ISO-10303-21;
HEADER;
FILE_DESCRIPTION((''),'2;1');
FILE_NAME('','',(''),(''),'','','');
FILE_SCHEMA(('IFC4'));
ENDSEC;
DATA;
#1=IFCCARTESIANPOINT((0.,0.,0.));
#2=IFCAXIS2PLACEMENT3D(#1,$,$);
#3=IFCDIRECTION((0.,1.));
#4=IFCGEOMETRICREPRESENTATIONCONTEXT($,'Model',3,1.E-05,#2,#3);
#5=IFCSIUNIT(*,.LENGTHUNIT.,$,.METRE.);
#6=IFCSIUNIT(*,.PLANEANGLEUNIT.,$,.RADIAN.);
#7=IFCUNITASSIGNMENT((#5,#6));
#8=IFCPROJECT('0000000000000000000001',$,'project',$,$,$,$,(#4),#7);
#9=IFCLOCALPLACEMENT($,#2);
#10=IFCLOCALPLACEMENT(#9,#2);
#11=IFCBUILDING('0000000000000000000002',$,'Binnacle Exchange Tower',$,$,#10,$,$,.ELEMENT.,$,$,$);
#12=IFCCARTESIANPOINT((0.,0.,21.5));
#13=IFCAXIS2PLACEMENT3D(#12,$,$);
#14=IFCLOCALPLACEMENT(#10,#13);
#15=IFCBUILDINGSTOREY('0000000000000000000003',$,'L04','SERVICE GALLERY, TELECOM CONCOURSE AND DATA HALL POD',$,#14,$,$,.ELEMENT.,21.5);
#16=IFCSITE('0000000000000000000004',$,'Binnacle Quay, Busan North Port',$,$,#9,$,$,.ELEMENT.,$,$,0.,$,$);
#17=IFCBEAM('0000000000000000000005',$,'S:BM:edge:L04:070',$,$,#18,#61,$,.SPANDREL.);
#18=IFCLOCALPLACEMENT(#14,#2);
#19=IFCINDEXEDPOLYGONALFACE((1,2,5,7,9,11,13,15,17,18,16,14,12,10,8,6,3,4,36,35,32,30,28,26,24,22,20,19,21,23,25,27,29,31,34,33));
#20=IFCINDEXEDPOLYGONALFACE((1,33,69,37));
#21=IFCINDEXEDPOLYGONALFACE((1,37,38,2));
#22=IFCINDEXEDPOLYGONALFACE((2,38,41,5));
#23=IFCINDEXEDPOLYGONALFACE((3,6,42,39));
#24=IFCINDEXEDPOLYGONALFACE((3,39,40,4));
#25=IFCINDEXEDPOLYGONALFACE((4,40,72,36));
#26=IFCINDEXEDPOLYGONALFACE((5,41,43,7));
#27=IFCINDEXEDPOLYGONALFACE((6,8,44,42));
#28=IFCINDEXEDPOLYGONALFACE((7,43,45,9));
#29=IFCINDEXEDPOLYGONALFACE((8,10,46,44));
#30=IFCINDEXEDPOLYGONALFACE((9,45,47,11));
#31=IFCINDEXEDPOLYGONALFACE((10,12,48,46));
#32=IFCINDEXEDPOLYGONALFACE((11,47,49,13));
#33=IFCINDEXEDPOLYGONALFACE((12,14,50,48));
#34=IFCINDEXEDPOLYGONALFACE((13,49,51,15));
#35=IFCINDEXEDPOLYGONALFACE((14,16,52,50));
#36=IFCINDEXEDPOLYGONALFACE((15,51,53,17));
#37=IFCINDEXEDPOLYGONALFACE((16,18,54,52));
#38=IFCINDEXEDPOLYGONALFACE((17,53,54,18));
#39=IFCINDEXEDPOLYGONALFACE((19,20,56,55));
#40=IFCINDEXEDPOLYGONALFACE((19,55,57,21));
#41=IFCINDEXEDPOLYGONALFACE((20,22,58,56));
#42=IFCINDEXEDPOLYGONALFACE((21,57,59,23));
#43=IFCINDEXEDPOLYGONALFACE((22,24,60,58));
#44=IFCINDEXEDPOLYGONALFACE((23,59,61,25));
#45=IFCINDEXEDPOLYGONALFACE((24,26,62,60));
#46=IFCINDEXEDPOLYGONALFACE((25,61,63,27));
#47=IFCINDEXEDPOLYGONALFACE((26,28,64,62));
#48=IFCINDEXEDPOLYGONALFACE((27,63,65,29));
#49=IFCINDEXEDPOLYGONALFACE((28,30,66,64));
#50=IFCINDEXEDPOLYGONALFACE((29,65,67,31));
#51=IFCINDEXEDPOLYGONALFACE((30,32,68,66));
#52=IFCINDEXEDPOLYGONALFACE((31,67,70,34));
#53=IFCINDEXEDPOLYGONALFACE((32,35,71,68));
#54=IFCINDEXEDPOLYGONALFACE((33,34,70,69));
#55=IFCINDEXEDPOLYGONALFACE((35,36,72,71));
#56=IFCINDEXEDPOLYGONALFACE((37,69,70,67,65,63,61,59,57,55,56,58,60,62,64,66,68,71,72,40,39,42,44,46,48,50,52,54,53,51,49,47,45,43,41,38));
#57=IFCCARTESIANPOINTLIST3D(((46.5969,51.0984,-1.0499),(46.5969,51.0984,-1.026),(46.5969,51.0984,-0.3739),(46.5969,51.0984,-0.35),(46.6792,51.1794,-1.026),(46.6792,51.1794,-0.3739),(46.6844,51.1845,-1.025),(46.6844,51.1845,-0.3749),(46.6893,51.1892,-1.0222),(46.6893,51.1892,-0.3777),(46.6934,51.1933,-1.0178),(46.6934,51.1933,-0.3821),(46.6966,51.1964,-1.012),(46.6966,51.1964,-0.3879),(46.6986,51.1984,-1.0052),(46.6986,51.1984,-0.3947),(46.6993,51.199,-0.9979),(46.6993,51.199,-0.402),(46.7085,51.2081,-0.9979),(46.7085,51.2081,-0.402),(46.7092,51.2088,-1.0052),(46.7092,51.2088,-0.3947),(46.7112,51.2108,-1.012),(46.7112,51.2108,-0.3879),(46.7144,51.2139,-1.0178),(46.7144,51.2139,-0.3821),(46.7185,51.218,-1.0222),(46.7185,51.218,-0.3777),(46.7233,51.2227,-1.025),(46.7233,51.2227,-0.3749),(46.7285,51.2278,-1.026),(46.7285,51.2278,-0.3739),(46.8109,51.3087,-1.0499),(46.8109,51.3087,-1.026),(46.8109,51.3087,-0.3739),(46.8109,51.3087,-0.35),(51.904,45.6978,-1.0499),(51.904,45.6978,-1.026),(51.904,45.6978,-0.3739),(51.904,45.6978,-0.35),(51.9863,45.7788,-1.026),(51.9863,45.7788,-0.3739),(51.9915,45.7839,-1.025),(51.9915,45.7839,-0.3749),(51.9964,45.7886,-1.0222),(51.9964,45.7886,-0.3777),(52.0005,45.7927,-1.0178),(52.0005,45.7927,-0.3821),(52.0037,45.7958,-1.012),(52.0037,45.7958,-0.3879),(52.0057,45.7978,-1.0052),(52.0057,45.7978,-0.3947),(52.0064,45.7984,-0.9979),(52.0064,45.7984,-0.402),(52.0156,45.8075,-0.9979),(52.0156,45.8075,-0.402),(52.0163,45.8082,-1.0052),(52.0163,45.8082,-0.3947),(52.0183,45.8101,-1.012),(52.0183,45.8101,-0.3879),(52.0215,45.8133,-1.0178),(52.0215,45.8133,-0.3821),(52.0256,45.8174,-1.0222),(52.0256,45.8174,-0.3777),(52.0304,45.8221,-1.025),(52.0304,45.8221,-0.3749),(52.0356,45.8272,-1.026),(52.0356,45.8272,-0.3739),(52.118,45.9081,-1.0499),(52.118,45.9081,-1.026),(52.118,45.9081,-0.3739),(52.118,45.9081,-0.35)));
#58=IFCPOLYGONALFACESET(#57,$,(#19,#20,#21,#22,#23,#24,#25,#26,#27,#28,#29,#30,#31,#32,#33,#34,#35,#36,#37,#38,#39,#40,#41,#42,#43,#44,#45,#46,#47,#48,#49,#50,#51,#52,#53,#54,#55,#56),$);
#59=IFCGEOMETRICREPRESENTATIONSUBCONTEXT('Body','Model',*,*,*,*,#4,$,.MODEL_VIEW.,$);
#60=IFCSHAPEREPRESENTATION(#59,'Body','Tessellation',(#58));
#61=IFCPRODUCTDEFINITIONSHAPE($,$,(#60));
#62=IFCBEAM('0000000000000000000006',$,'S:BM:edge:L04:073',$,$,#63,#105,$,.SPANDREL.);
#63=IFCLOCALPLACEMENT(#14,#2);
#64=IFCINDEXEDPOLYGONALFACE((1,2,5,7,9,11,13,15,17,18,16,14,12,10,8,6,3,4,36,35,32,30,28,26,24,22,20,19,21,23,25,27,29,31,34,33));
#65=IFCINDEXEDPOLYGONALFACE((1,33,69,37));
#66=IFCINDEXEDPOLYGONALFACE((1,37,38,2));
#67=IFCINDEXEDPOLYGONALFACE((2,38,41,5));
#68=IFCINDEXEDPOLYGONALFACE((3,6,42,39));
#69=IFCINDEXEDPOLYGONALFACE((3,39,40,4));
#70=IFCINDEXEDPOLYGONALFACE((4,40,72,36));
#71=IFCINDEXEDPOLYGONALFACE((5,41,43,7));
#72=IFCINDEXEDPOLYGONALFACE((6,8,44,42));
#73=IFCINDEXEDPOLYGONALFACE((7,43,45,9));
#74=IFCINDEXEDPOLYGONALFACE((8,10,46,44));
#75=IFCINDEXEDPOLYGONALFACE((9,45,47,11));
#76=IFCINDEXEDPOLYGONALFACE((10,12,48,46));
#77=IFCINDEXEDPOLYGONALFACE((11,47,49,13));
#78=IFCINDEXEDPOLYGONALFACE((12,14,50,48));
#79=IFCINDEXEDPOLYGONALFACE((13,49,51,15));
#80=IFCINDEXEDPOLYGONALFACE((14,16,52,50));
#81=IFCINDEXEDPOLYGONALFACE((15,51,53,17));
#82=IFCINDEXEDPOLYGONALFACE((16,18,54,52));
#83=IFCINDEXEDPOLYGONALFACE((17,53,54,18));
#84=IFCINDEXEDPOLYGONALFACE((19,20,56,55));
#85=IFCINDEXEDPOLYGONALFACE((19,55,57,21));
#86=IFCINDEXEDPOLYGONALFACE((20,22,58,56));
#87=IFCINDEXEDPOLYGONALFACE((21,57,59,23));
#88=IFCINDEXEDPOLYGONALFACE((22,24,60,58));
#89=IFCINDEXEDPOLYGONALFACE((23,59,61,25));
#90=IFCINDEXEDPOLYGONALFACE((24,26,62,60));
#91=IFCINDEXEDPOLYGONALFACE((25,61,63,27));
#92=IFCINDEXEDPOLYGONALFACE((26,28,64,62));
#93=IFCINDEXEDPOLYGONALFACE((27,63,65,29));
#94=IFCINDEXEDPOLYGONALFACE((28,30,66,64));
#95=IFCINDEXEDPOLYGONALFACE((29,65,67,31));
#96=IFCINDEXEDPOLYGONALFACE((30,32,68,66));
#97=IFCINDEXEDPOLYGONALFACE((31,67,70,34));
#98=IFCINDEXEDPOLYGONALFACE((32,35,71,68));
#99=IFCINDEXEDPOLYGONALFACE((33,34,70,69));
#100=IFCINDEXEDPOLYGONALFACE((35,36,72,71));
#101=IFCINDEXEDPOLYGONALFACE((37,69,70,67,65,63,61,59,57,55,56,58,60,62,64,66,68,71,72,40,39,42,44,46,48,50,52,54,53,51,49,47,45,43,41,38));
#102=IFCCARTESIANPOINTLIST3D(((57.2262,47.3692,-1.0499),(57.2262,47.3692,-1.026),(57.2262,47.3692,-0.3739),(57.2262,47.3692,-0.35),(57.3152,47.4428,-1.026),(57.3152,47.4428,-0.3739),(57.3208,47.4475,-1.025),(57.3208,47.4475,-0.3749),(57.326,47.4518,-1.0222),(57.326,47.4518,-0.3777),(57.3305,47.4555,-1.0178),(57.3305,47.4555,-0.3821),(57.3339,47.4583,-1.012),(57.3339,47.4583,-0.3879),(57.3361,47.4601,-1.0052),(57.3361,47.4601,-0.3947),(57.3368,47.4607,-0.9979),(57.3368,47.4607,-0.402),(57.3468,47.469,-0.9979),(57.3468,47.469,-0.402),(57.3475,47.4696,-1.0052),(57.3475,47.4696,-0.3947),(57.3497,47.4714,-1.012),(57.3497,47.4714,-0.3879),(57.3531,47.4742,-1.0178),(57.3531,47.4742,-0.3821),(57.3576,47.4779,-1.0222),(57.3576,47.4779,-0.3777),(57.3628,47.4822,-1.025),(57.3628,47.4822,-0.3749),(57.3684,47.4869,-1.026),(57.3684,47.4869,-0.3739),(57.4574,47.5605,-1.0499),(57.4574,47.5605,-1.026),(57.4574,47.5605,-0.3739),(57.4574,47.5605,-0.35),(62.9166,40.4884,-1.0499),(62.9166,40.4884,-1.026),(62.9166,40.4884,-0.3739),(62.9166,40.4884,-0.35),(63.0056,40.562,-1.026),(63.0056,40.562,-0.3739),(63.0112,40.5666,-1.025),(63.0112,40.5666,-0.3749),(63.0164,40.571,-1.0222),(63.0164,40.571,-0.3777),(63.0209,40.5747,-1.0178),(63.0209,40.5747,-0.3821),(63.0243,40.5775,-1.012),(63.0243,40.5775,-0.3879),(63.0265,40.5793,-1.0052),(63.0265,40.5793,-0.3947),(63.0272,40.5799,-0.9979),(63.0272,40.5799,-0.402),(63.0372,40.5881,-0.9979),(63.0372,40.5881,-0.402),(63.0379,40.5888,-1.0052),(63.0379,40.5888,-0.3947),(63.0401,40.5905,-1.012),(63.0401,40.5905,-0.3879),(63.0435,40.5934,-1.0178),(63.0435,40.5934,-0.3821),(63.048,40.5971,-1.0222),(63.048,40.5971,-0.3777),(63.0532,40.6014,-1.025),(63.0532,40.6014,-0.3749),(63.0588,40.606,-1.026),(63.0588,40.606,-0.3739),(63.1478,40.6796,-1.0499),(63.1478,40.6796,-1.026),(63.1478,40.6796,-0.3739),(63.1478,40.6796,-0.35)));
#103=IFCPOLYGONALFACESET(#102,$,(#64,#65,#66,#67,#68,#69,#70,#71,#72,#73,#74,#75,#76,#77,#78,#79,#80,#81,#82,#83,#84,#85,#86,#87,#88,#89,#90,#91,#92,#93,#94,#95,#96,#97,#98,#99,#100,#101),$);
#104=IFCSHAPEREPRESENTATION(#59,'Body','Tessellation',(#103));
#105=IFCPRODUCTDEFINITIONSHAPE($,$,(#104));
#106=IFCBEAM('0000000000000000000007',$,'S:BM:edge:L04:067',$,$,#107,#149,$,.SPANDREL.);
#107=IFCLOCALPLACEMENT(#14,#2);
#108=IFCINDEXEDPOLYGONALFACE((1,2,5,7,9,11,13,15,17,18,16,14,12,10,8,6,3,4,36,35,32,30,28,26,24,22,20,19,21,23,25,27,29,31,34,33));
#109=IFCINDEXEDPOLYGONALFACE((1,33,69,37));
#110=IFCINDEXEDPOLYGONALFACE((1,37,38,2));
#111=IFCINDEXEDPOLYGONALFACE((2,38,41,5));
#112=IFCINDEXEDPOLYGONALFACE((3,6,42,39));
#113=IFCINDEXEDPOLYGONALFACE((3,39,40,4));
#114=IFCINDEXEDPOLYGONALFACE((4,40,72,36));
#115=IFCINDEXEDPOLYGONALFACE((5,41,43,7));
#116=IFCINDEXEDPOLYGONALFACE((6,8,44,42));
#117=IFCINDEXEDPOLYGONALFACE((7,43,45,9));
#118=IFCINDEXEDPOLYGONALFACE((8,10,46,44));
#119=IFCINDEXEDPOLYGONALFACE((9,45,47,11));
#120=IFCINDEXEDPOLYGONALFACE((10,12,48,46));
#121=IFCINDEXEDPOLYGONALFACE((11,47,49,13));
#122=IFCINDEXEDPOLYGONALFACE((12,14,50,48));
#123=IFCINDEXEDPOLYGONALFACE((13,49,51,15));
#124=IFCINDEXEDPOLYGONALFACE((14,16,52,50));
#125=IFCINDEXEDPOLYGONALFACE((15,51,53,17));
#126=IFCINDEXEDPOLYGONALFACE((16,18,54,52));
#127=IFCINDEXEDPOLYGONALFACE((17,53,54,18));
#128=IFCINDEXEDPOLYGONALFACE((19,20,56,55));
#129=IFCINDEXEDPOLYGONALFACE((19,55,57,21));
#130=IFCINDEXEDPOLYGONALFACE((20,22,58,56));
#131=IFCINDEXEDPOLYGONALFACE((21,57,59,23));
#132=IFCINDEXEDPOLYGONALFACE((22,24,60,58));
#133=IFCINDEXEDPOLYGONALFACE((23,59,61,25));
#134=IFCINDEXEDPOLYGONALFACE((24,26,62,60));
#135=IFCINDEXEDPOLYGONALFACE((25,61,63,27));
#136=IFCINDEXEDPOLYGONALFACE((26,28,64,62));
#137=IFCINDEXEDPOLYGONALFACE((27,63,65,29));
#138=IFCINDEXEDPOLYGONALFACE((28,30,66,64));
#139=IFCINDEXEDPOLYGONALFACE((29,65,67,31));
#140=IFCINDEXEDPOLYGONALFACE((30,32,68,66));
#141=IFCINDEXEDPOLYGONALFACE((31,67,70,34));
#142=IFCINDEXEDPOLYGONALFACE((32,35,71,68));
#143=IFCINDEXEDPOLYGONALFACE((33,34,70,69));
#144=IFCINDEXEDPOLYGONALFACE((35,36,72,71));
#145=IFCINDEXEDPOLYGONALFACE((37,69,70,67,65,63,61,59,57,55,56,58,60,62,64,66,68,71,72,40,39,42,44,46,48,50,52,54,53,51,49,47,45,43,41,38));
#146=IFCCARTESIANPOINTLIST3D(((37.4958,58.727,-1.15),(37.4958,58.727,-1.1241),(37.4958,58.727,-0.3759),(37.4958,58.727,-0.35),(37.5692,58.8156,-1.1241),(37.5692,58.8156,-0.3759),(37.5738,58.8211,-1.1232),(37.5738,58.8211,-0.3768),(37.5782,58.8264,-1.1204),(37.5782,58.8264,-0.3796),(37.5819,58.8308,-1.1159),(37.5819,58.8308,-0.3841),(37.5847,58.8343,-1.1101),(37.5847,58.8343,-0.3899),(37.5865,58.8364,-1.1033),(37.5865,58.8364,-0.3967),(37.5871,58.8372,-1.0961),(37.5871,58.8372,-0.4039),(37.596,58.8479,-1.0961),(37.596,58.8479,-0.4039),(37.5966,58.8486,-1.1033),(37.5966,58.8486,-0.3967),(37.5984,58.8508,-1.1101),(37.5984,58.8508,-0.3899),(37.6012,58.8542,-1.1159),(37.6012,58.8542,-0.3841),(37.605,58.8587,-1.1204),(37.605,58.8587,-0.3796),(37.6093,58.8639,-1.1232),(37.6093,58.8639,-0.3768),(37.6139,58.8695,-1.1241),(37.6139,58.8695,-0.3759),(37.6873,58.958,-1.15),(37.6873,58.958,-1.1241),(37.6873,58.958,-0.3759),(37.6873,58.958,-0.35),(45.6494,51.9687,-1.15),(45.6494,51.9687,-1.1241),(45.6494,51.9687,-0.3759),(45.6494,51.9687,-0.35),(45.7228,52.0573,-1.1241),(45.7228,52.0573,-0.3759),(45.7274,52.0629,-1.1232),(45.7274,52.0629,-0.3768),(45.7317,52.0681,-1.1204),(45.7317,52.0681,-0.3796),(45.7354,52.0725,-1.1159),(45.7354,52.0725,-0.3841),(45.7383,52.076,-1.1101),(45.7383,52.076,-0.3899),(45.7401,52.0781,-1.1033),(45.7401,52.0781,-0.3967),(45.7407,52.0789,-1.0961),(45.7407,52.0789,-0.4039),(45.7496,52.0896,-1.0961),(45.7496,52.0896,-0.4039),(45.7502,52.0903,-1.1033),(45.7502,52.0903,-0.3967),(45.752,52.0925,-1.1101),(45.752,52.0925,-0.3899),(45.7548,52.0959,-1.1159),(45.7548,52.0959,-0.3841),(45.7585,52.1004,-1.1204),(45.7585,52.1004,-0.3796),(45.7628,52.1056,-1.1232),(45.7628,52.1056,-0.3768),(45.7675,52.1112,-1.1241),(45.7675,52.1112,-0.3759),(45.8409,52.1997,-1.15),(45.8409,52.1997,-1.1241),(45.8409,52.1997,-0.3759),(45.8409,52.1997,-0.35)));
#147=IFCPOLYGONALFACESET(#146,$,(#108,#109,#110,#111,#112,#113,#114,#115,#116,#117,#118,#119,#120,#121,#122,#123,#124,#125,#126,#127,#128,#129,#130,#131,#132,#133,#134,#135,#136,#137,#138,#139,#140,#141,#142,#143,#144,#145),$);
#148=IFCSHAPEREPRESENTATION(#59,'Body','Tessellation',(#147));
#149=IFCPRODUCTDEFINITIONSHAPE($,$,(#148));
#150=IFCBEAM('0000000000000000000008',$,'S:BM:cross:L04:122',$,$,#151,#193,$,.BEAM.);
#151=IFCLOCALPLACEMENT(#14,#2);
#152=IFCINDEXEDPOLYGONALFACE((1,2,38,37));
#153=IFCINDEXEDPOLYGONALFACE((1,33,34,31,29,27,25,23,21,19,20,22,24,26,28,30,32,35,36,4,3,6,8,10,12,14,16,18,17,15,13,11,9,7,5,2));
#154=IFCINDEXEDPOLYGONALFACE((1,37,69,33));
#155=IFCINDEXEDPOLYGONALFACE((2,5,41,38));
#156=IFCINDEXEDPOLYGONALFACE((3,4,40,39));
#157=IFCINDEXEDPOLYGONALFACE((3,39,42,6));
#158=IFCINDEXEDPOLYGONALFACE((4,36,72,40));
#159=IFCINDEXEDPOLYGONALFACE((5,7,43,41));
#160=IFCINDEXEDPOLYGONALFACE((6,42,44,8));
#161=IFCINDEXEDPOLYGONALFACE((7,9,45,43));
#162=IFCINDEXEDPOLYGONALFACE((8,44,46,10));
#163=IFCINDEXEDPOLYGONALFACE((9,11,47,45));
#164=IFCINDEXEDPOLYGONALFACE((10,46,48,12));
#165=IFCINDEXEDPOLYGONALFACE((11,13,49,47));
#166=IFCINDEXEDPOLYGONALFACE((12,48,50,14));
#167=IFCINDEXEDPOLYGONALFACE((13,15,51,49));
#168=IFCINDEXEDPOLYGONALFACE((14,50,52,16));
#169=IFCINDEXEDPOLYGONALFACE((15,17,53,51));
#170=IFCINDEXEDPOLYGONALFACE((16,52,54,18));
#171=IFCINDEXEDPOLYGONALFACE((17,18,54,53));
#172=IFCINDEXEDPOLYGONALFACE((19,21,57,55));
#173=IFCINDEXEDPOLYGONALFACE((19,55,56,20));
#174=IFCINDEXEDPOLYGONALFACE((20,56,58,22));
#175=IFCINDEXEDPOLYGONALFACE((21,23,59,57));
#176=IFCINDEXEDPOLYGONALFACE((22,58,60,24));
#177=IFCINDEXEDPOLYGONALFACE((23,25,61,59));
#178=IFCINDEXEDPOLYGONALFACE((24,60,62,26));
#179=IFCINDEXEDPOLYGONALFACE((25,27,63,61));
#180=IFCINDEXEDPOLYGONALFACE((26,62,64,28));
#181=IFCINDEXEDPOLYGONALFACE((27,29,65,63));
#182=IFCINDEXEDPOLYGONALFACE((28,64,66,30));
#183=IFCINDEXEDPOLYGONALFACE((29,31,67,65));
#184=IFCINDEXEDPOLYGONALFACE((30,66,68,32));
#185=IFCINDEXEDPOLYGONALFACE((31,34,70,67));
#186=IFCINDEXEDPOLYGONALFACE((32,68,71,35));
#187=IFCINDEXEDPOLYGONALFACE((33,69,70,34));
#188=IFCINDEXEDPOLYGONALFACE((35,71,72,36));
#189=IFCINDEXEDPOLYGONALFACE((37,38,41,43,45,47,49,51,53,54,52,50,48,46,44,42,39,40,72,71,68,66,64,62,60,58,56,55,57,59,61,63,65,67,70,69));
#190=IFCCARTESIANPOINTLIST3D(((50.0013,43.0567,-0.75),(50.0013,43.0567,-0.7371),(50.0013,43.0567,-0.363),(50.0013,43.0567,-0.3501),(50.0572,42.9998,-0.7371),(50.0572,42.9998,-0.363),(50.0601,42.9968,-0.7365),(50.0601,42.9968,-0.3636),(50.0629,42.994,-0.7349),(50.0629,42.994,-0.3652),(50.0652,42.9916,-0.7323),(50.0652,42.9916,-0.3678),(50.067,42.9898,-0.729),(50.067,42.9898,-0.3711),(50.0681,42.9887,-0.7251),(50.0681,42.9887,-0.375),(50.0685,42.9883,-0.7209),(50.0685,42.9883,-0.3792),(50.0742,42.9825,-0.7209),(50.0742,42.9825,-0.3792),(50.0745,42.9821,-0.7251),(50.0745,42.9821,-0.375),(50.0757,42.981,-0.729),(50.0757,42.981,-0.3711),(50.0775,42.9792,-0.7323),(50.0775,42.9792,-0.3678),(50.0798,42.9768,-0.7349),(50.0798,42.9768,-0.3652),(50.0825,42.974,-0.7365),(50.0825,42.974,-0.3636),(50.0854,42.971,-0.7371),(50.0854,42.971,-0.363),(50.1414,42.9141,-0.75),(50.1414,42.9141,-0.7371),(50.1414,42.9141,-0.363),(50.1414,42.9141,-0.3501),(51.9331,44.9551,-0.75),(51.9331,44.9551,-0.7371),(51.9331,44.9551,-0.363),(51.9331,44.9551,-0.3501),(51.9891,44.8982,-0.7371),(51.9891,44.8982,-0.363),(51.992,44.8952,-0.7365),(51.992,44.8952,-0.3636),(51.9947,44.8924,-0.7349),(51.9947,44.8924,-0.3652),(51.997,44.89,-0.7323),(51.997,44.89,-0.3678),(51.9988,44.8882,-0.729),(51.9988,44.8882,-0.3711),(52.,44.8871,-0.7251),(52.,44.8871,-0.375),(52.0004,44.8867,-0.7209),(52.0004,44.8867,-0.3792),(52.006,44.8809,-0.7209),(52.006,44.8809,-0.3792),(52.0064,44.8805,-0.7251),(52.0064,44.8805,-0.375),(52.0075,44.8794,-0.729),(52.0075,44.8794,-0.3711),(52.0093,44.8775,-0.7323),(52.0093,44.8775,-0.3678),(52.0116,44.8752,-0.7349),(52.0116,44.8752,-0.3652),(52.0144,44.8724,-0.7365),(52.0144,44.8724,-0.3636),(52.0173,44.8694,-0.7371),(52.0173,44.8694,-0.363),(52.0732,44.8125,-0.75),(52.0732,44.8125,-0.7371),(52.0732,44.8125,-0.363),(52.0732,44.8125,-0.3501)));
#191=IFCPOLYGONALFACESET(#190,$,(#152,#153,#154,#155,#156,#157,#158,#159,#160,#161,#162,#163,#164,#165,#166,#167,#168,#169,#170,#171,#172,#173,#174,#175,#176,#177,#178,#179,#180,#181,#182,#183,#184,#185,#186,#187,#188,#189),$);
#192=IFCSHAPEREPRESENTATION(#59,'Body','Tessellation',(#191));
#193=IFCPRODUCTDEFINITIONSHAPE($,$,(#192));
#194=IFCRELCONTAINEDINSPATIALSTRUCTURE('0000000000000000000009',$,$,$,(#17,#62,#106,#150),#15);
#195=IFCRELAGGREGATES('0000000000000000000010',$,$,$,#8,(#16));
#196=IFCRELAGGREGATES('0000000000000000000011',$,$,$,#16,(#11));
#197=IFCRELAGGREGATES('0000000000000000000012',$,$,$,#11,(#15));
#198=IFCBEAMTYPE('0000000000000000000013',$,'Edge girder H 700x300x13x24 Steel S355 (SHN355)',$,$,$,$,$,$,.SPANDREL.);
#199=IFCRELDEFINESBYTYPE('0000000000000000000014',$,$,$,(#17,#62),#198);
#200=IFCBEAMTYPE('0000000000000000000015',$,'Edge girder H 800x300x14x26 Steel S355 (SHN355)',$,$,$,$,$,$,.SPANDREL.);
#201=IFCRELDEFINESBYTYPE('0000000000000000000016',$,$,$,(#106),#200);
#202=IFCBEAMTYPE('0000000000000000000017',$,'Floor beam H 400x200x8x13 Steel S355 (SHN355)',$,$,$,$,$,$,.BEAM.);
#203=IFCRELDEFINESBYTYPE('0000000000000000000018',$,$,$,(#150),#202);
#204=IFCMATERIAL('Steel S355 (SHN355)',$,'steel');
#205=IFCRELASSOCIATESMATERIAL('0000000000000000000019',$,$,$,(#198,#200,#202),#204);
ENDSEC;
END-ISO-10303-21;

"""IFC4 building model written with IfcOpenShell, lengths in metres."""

from ifc_helpers import new_model, si_unit, direction, frame, origin, origin_2d, place, context, subcontext, project, spatial, i_section, extrude, material, material_profile, profile_set, type_object, element, save


model = new_model("IFC4")

# Units and contexts
model_context = context("Model", 3, precision=1e-05, world=origin(), true_north=direction((0.0, 1.0)))
body_context = subcontext(model_context, "Body", "Model", "MODEL_VIEW")
ifc_project = project(units=[si_unit("LENGTHUNIT", "METRE"), si_unit("PLANEANGLEUNIT", "RADIAN")], contexts=[model_context])

# Site, building, storey
site_placement = place(None, origin())
site = spatial("IfcSite", under=ifc_project, at=site_placement, Name="Binnacle Quay, Busan North Port", CompositionType="ELEMENT", RefElevation=0.0)
building_placement = place(site_placement, origin())
building = spatial("IfcBuilding", under=site, at=building_placement, Name="Binnacle Exchange Tower", CompositionType="ELEMENT")
storey_placement = place(building_placement, frame((0.0, 0.0, 21.5)))
storey = spatial("IfcBuildingStorey", under=building, at=storey_placement, Name="L04", Description="SERVICE GALLERY, TELECOM CONCOURSE AND DATA HALL POD", CompositionType="ELEMENT", Elevation=21.5)

# Beams
ifc_material_1 = material(Name="Steel S355 (SHN355)", Category="steel")
ifc_material_profile_1 = material_profile(ifc_material_1, i_section(OverallWidth=0.3, OverallDepth=0.7, WebThickness=0.0129, FlangeThickness=0.0239, FilletRadius=0.0281, at=origin_2d()), Name="H 700x300x13x24")
ifc_profile_set_1 = profile_set([ifc_material_profile_1], Name="Steel S355 (SHN355)")
beam_type_1 = type_object("IfcBeamType", Name="Edge girder H 700x300x13x24 Steel S355 (SHN355)", PredefinedType="SPANDREL", material=ifc_profile_set_1)
beam_1_placement = place(storey_placement, frame((52.011, 45.803, -0.7), z_axis=(-0.700905, 0.713254, 0.0), x_axis=(-0.713254, -0.700905, 0.0)))
element("IfcBeam", 1, at=beam_1_placement, inside=storey, type_object=beam_type_1, Name="S:BM:edge:L04:070", PredefinedType="SPANDREL", context=body_context, shape_type="SweptSolid", body=[
    extrude(i_section(OverallWidth=0.3, OverallDepth=0.7, WebThickness=0.0129, FlangeThickness=0.0239, FilletRadius=0.0281, at=origin_2d()), origin(), (0.0, 0.0, 1.0), 7.5718),
])
beam_2_placement = place(storey_placement, frame((57.3418, 47.4648, -0.7), z_axis=(0.637297, -0.770618, 0.0), x_axis=(0.770618, 0.637297, 0.0)))
element("IfcBeam", 2, at=beam_2_placement, inside=storey, type_object=beam_type_1, Name="S:BM:edge:L04:073", PredefinedType="SPANDREL", context=body_context, shape_type="SweptSolid", body=[
    extrude(i_section(OverallWidth=0.3, OverallDepth=0.7, WebThickness=0.0129, FlangeThickness=0.0239, FilletRadius=0.0281, at=origin_2d()), origin(), (0.0, 0.0, 1.0), 8.929),
])
ifc_material_profile_2 = material_profile(ifc_material_1, i_section(OverallWidth=0.3, OverallDepth=0.8, WebThickness=0.0139, FlangeThickness=0.0259, FilletRadius=0.0281, at=origin_2d()), Name="H 800x300x14x26")
ifc_profile_set_2 = profile_set([ifc_material_profile_2], Name="Steel S355 (SHN355)")
beam_type_2 = type_object("IfcBeamType", Name="Edge girder H 800x300x14x26 Steel S355 (SHN355)", PredefinedType="SPANDREL", material=ifc_profile_set_2)
beam_3_placement = place(storey_placement, frame((45.7451, 52.0842, -0.75), z_axis=(-0.769906, 0.638157, 0.0), x_axis=(-0.638157, -0.769906, 0.0)))
element("IfcBeam", 3, at=beam_3_placement, inside=storey, type_object=beam_type_2, Name="S:BM:edge:L04:067", PredefinedType="SPANDREL", context=body_context, shape_type="SweptSolid", body=[
    extrude(i_section(OverallWidth=0.3, OverallDepth=0.8, WebThickness=0.0139, FlangeThickness=0.0259, FilletRadius=0.0281, at=origin_2d()), origin(), (0.0, 0.0, 1.0), 10.5903),
])
ifc_material_profile_3 = material_profile(ifc_material_1, i_section(OverallWidth=0.2, OverallDepth=0.3999, WebThickness=0.0081, FlangeThickness=0.0129, FilletRadius=0.0161, at=origin_2d()), Name="H 400x200x8x13")
ifc_profile_set_3 = profile_set([ifc_material_profile_3], Name="Steel S355 (SHN355)")
beam_type_3 = type_object("IfcBeamType", Name="Floor beam H 400x200x8x13 Steel S355 (SHN355)", PredefinedType="BEAM", material=ifc_profile_set_3)
beam_4_placement = place(storey_placement, frame((52.0032, 44.8838, -0.55), z_axis=(-0.713254, -0.700905, 0.0), x_axis=(0.700905, -0.713254, 0.0)))
element("IfcBeam", 4, at=beam_4_placement, inside=storey, type_object=beam_type_3, Name="S:BM:cross:L04:122", PredefinedType="BEAM", context=body_context, shape_type="SweptSolid", body=[
    extrude(i_section(OverallWidth=0.2, OverallDepth=0.3999, WebThickness=0.0081, FlangeThickness=0.0129, FilletRadius=0.0161, at=origin_2d()), origin(), (0.0, 0.0, 1.0), 2.7085),
])

save(model, "model.ifc")
